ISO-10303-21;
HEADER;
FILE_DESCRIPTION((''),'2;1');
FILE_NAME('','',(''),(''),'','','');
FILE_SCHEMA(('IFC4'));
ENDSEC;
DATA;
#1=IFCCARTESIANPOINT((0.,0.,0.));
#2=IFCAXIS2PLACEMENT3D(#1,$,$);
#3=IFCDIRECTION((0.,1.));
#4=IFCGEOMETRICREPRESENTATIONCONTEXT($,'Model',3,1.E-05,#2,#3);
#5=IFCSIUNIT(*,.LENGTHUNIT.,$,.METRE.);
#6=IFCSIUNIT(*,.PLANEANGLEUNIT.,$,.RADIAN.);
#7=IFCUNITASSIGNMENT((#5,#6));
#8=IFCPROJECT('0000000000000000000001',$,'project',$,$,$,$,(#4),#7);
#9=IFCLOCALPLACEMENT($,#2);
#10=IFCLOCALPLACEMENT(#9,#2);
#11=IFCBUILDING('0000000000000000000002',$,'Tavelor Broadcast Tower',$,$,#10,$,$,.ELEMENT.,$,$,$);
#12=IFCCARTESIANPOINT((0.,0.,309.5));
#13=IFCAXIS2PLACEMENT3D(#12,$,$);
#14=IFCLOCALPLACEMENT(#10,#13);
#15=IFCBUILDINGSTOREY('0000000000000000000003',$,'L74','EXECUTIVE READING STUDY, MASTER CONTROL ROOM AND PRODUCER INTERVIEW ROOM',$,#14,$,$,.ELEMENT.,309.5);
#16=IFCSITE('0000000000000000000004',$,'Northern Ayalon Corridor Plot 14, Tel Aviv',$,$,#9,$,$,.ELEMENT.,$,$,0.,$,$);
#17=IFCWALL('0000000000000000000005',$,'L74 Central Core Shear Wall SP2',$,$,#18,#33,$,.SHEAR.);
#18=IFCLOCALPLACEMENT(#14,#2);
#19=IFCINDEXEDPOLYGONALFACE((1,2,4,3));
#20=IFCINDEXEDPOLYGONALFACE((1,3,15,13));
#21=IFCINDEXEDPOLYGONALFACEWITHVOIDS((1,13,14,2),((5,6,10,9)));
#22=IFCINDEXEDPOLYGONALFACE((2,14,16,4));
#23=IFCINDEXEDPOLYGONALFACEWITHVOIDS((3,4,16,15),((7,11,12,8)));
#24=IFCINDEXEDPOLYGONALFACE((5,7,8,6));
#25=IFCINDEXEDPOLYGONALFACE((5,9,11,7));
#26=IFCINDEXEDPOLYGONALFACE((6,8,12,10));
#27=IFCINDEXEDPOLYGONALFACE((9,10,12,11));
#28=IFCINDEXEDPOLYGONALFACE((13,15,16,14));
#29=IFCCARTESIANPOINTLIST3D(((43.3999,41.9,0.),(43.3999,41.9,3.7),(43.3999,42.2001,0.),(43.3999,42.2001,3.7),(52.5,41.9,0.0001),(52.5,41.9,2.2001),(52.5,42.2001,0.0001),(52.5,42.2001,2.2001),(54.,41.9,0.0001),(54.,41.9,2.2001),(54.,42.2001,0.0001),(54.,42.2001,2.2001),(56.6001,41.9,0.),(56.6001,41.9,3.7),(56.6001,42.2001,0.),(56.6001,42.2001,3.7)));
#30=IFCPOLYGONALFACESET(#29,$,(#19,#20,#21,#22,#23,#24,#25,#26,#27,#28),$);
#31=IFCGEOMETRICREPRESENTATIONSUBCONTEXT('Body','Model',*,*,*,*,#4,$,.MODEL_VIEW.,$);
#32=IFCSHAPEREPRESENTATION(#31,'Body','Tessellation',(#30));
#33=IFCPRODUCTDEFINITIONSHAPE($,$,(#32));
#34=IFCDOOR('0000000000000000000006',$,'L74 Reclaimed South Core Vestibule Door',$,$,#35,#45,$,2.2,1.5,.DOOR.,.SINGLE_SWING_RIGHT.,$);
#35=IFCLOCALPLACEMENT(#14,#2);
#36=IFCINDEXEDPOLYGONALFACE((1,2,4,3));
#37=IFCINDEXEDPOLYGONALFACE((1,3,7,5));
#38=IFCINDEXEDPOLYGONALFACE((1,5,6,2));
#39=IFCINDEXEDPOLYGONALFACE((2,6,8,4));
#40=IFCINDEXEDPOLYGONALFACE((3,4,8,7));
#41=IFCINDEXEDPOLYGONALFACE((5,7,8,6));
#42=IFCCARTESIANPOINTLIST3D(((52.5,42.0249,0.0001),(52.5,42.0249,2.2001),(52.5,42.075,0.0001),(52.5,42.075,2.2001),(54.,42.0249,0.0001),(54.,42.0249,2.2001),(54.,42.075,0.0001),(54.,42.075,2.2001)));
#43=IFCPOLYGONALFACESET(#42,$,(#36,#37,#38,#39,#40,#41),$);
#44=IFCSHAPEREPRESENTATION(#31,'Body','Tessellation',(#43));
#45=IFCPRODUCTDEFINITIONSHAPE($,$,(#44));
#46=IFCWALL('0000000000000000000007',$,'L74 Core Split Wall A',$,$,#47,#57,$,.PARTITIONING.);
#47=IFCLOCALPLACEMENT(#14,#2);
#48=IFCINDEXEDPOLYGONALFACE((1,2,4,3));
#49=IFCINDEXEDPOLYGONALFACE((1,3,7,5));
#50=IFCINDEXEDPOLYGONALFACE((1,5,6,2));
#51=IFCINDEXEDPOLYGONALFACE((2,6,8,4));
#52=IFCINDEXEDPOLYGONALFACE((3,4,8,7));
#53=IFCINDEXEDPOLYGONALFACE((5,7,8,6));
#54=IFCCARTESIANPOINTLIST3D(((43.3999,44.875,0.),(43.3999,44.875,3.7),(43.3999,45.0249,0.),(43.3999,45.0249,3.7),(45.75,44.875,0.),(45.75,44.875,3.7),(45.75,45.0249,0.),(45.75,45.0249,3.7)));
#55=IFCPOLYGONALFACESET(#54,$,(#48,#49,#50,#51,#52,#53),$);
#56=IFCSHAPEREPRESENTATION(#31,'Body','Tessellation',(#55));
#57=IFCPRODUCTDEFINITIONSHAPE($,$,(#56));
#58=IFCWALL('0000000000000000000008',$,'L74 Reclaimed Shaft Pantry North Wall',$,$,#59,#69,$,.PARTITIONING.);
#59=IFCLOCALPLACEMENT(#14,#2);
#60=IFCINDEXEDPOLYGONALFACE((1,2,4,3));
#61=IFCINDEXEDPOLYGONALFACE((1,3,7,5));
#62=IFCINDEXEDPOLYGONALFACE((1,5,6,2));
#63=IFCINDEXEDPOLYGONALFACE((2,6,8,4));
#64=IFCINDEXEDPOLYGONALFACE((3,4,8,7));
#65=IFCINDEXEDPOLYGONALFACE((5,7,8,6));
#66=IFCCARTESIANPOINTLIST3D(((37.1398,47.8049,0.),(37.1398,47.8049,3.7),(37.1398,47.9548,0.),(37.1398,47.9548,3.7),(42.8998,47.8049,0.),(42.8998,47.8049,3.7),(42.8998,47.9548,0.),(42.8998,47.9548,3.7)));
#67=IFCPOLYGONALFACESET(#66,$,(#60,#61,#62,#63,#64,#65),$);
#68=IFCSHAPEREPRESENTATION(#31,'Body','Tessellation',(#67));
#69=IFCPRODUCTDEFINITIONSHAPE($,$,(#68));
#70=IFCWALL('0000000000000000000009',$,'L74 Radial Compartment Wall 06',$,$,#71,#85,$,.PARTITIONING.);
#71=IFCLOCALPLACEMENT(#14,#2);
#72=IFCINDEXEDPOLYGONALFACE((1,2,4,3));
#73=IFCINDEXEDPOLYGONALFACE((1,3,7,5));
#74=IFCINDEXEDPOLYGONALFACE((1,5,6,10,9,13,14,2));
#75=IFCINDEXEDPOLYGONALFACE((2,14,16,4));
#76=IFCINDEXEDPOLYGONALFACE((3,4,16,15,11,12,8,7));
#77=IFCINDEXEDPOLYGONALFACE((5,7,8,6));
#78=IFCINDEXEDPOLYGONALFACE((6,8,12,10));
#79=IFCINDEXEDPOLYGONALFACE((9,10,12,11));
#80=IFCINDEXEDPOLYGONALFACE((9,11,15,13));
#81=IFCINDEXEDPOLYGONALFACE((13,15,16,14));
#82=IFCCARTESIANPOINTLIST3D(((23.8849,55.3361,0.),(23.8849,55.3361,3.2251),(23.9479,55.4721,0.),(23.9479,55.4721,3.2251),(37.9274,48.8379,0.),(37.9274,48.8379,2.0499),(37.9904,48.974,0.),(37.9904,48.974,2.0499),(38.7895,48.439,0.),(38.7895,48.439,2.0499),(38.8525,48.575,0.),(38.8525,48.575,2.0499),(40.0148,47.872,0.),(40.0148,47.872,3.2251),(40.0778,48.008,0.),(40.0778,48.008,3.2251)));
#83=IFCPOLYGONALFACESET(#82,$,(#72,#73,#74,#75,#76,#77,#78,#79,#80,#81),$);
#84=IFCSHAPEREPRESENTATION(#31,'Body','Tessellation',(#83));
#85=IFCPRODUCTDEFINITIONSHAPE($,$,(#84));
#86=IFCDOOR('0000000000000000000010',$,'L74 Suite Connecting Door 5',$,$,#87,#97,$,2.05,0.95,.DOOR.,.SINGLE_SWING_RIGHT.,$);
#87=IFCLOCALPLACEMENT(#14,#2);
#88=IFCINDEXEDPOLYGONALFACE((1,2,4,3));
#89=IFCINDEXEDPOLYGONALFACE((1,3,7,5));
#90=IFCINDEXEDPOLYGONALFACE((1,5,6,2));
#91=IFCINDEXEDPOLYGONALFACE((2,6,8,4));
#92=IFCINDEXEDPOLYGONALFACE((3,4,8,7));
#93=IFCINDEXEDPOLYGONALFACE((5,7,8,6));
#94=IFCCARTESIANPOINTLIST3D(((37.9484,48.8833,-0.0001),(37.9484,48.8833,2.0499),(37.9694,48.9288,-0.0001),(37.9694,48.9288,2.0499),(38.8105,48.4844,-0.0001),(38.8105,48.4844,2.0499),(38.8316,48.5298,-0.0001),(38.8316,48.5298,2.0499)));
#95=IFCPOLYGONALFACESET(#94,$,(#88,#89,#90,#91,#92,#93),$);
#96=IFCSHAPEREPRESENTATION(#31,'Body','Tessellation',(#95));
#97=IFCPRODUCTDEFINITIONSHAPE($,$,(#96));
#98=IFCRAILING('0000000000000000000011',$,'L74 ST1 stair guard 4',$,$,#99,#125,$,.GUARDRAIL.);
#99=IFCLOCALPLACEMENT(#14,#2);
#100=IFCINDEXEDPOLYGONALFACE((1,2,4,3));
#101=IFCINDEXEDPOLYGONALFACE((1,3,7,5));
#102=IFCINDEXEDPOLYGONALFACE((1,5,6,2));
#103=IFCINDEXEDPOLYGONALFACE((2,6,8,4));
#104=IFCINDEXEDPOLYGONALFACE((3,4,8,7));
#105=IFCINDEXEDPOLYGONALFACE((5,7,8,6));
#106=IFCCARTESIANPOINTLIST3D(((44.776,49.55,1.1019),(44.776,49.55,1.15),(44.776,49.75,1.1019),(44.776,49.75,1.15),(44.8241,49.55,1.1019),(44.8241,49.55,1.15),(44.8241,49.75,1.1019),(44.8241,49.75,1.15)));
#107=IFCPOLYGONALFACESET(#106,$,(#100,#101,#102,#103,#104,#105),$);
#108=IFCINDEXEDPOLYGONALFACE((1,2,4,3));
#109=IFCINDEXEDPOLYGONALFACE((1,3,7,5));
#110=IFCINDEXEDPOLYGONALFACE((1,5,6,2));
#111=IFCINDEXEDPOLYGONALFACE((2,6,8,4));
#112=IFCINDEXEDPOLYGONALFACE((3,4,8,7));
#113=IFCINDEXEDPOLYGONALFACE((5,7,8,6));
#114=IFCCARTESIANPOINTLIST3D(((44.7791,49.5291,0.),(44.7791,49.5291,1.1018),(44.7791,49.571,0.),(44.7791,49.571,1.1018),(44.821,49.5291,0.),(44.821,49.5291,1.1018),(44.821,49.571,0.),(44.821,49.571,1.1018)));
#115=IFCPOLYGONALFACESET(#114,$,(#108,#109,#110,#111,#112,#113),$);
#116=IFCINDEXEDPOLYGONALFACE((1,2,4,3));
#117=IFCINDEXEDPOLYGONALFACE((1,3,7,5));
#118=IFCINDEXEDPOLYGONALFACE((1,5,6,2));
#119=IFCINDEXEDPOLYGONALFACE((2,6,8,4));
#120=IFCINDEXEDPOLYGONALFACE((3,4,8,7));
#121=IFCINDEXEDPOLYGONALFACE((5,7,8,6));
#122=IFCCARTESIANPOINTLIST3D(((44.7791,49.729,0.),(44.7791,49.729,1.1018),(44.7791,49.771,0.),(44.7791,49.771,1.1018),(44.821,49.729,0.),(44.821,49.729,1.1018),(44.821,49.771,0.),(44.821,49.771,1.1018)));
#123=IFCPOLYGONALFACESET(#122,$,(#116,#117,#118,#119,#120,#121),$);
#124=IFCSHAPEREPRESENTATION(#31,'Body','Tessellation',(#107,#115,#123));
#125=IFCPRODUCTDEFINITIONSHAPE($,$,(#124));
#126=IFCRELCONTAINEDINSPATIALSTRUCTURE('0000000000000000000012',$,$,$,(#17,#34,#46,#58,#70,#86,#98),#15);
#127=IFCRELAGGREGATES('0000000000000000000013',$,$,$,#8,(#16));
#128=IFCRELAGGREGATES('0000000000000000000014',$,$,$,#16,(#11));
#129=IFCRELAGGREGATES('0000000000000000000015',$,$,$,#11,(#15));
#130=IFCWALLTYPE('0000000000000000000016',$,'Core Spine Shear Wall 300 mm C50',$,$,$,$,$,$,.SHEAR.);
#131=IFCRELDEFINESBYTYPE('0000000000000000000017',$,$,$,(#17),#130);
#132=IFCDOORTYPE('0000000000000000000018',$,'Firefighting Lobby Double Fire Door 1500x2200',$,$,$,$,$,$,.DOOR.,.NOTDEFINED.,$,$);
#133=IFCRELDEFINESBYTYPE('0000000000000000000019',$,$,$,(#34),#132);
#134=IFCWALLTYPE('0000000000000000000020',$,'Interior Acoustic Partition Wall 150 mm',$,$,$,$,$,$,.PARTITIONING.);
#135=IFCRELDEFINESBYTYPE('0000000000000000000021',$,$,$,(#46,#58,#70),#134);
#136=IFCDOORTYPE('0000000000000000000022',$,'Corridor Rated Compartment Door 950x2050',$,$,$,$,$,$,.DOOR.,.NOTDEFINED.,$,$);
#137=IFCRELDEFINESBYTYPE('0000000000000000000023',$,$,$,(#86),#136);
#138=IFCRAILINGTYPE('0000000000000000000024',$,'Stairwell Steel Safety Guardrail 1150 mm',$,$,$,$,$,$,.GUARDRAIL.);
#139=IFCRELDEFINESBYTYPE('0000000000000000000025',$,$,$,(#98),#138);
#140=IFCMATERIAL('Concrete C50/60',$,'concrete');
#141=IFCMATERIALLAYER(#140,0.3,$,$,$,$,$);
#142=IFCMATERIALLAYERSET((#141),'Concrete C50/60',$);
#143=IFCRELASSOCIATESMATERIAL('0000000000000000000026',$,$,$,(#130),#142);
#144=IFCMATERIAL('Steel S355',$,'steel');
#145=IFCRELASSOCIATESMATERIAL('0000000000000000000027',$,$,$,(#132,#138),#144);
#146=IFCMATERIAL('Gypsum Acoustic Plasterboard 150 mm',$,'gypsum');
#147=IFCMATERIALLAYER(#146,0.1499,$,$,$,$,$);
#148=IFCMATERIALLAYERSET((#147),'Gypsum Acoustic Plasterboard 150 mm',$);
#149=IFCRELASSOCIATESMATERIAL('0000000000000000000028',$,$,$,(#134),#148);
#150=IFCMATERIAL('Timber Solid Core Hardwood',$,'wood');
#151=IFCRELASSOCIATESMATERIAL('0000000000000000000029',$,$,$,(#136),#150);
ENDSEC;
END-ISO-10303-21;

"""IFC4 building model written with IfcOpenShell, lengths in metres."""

from ifc_helpers import new_model, si_unit, direction, frame, frame_2d, origin, origin_2d, place, context, subcontext, project, spatial, rectangle, extrude, material, layer, layer_set, type_object, element, fill, save


model = new_model("IFC4")

# Units and contexts
model_context = context("Model", 3, precision=1e-05, world=origin(), true_north=direction((0.0, 1.0)))
body_context = subcontext(model_context, "Body", "Model", "MODEL_VIEW")
ifc_project = project(units=[si_unit("LENGTHUNIT", "METRE"), si_unit("PLANEANGLEUNIT", "RADIAN")], contexts=[model_context])

# Site, building, storey
site_placement = place(None, origin())
site = spatial("IfcSite", under=ifc_project, at=site_placement, Name="Northern Ayalon Corridor Plot 14, Tel Aviv", CompositionType="ELEMENT", RefElevation=0.0)
building_placement = place(site_placement, origin())
building = spatial("IfcBuilding", under=site, at=building_placement, Name="Tavelor Broadcast Tower", CompositionType="ELEMENT")
storey_placement = place(building_placement, frame((0.0, 0.0, 309.5)))
storey = spatial("IfcBuildingStorey", under=building, at=storey_placement, Name="L74", Description="EXECUTIVE READING STUDY, MASTER CONTROL ROOM AND PRODUCER INTERVIEW ROOM", CompositionType="ELEMENT", Elevation=309.5)

# Shared definitions
ifc_material_1 = material(Name="Concrete C50/60", Category="concrete")

# Shared definitions
ifc_material_2 = material(Name="Steel S355", Category="steel")

# Shared definitions
ifc_layer_1 = layer(ifc_material_1, 0.3)
ifc_layer_set_1 = layer_set([ifc_layer_1], Name="Concrete C50/60")
wall_type_1 = type_object("IfcWallType", Name="Core Spine Shear Wall 300 mm C50", PredefinedType="SHEAR", material=ifc_layer_set_1)

# Wall, opening, door
wall_1_placement = place(storey_placement, frame((43.3999, 42.05, 0.0), z_axis=(0.0, 0.0, 1.0), x_axis=(1.0, 0.0, 0.0)))
wall_1 = element("IfcWall", 1, at=wall_1_placement, inside=storey, type_object=wall_type_1, Name="L74 Central Core Shear Wall SP2", PredefinedType="SHEAR", context=body_context, shape_type="SweptSolid", body=[
    extrude(rectangle(XDim=13.2002, YDim=0.3, at=frame_2d((6.6001, 0.0))), origin(), (0.0, 0.0, 1.0), 3.7),
])
opening_1_placement = place(wall_1_placement, frame((9.1001, 0.0, 0.0)))
opening_1 = element("IfcOpeningElement", 2, at=opening_1_placement, cuts=wall_1, PredefinedType="OPENING", context=body_context, shape_type="SweptSolid", body=[
    extrude(rectangle(XDim=1.5, YDim=2.2, at=frame_2d((0.75, 1.1001))), frame((0.0, 0.1602, 0.0), z_axis=(0.0, -1.0, 0.0), x_axis=(1.0, 0.0, 0.0)), (0.0, 0.0, 1.0), 0.3201),
])
door_type_1 = type_object("IfcDoorType", Name="Firefighting Lobby Double Fire Door 1500x2200", OperationType="NOTDEFINED", PredefinedType="DOOR", material=ifc_material_2)
door_1_placement = place(opening_1_placement, origin())
door_1 = element("IfcDoor", 3, at=door_1_placement, inside=storey, type_object=door_type_1, Name="L74 Reclaimed South Core Vestibule Door", OperationType="SINGLE_SWING_RIGHT", OverallHeight=2.2, OverallWidth=1.5, PredefinedType="DOOR", context=body_context, shape_type="SweptSolid", body=[
    extrude(rectangle(XDim=1.5, YDim=2.2, at=frame_2d((0.75, 1.1001))), frame((0.0, 0.0249, 0.0), z_axis=(0.0, -1.0, 0.0), x_axis=(1.0, 0.0, 0.0)), (0.0, 0.0, 1.0), 0.05),
])
fill(opening_1, door_1)

# Walls
ifc_material_3 = material(Name="Gypsum Acoustic Plasterboard 150 mm", Category="gypsum")
ifc_layer_2 = layer(ifc_material_3, 0.1499)
ifc_layer_set_2 = layer_set([ifc_layer_2], Name="Gypsum Acoustic Plasterboard 150 mm")
wall_type_2 = type_object("IfcWallType", Name="Interior Acoustic Partition Wall 150 mm", PredefinedType="PARTITIONING", material=ifc_layer_set_2)
wall_2_placement = place(storey_placement, frame((43.3999, 44.95, 0.0), z_axis=(0.0, 0.0, 1.0), x_axis=(1.0, 0.0, 0.0)))
element("IfcWall", 4, at=wall_2_placement, inside=storey, type_object=wall_type_2, Name="L74 Core Split Wall A", PredefinedType="PARTITIONING", context=body_context, shape_type="SweptSolid", body=[
    extrude(rectangle(XDim=2.3501, YDim=0.1499, at=frame_2d((1.175, 0.0))), origin(), (0.0, 0.0, 1.0), 3.7),
])
wall_3_placement = place(storey_placement, frame((37.1399, 47.8799, 0.0), z_axis=(0.0, 0.0, 1.0), x_axis=(1.0, 0.0, 0.0)))
element("IfcWall", 5, at=wall_3_placement, inside=storey, type_object=wall_type_2, Name="L74 Reclaimed Shaft Pantry North Wall", PredefinedType="PARTITIONING", context=body_context, shape_type="SweptSolid", body=[
    extrude(rectangle(XDim=5.76, YDim=0.1499, at=frame_2d((2.8799, 0.0))), origin(), (0.0, 0.0, 1.0), 3.7),
])

# Wall, opening, door
wall_4_placement = place(storey_placement, frame((40.0464, 47.9399, 0.0), z_axis=(0.0, 0.0, 1.0), x_axis=(-0.90754, 0.419965, 0.0)))
wall_4 = element("IfcWall", 6, at=wall_4_placement, inside=storey, type_object=wall_type_2, Name="L74 Radial Compartment Wall 06", PredefinedType="PARTITIONING", context=body_context, shape_type="SweptSolid", body=[
    extrude(rectangle(XDim=17.7732, YDim=0.1499, at=frame_2d((8.8867, 0.0))), origin(), (0.0, 0.0, 1.0), 3.2251),
])
opening_2_placement = place(wall_4_placement, frame((1.3501, 0.0, 0.0)))
opening_2 = element("IfcOpeningElement", 7, at=opening_2_placement, cuts=wall_4, PredefinedType="OPENING", context=body_context, shape_type="SweptSolid", body=[
    extrude(rectangle(XDim=0.95, YDim=2.05, at=frame_2d((0.4751, 1.0249))), frame((0.0, 0.085, 0.0), z_axis=(0.0, -1.0, 0.0), x_axis=(1.0, 0.0, 0.0)), (0.0, 0.0, 1.0), 0.1699),
])
ifc_material_4 = material(Name="Timber Solid Core Hardwood", Category="wood")
door_type_2 = type_object("IfcDoorType", Name="Corridor Rated Compartment Door 950x2050", OperationType="NOTDEFINED", PredefinedType="DOOR", material=ifc_material_4)
door_2_placement = place(opening_2_placement, origin())
door_2 = element("IfcDoor", 8, at=door_2_placement, inside=storey, type_object=door_type_2, Name="L74 Suite Connecting Door 5", OperationType="SINGLE_SWING_RIGHT", OverallHeight=2.05, OverallWidth=0.95, PredefinedType="DOOR", context=body_context, shape_type="SweptSolid", body=[
    extrude(rectangle(XDim=0.95, YDim=2.05, at=frame_2d((0.4751, 1.0249))), frame((0.0, 0.0249, 0.0), z_axis=(0.0, -1.0, 0.0), x_axis=(1.0, 0.0, 0.0)), (0.0, 0.0, 1.0), 0.05),
])
fill(opening_2, door_2)

# Railing
railing_type = type_object("IfcRailingType", Name="Stairwell Steel Safety Guardrail 1150 mm", PredefinedType="GUARDRAIL", material=ifc_material_2)
railing_placement = place(storey_placement, frame((44.8, 49.55, 0.0)))
element("IfcRailing", 9, at=railing_placement, inside=storey, type_object=railing_type, Name="L74 ST1 stair guard 4", PredefinedType="GUARDRAIL", context=body_context, shape_type="SweptSolid", body=[
    extrude(rectangle(XDim=0.0481, YDim=0.0481, at=origin_2d()), frame((0.0, 0.0, 1.126), z_axis=(0.0, 1.0, 0.0), x_axis=(-1.0, 0.0, 0.0)), (0.0, 0.0, 1.0), 0.2),
    extrude(rectangle(XDim=0.042, YDim=0.042, at=origin_2d()), origin(), (0.0, 0.0, 1.0), 1.1018),
    extrude(rectangle(XDim=0.042, YDim=0.042, at=origin_2d()), frame((0.0, 0.2, 0.0)), (0.0, 0.0, 1.0), 1.1018),
])

save(model, "model.ifc")
